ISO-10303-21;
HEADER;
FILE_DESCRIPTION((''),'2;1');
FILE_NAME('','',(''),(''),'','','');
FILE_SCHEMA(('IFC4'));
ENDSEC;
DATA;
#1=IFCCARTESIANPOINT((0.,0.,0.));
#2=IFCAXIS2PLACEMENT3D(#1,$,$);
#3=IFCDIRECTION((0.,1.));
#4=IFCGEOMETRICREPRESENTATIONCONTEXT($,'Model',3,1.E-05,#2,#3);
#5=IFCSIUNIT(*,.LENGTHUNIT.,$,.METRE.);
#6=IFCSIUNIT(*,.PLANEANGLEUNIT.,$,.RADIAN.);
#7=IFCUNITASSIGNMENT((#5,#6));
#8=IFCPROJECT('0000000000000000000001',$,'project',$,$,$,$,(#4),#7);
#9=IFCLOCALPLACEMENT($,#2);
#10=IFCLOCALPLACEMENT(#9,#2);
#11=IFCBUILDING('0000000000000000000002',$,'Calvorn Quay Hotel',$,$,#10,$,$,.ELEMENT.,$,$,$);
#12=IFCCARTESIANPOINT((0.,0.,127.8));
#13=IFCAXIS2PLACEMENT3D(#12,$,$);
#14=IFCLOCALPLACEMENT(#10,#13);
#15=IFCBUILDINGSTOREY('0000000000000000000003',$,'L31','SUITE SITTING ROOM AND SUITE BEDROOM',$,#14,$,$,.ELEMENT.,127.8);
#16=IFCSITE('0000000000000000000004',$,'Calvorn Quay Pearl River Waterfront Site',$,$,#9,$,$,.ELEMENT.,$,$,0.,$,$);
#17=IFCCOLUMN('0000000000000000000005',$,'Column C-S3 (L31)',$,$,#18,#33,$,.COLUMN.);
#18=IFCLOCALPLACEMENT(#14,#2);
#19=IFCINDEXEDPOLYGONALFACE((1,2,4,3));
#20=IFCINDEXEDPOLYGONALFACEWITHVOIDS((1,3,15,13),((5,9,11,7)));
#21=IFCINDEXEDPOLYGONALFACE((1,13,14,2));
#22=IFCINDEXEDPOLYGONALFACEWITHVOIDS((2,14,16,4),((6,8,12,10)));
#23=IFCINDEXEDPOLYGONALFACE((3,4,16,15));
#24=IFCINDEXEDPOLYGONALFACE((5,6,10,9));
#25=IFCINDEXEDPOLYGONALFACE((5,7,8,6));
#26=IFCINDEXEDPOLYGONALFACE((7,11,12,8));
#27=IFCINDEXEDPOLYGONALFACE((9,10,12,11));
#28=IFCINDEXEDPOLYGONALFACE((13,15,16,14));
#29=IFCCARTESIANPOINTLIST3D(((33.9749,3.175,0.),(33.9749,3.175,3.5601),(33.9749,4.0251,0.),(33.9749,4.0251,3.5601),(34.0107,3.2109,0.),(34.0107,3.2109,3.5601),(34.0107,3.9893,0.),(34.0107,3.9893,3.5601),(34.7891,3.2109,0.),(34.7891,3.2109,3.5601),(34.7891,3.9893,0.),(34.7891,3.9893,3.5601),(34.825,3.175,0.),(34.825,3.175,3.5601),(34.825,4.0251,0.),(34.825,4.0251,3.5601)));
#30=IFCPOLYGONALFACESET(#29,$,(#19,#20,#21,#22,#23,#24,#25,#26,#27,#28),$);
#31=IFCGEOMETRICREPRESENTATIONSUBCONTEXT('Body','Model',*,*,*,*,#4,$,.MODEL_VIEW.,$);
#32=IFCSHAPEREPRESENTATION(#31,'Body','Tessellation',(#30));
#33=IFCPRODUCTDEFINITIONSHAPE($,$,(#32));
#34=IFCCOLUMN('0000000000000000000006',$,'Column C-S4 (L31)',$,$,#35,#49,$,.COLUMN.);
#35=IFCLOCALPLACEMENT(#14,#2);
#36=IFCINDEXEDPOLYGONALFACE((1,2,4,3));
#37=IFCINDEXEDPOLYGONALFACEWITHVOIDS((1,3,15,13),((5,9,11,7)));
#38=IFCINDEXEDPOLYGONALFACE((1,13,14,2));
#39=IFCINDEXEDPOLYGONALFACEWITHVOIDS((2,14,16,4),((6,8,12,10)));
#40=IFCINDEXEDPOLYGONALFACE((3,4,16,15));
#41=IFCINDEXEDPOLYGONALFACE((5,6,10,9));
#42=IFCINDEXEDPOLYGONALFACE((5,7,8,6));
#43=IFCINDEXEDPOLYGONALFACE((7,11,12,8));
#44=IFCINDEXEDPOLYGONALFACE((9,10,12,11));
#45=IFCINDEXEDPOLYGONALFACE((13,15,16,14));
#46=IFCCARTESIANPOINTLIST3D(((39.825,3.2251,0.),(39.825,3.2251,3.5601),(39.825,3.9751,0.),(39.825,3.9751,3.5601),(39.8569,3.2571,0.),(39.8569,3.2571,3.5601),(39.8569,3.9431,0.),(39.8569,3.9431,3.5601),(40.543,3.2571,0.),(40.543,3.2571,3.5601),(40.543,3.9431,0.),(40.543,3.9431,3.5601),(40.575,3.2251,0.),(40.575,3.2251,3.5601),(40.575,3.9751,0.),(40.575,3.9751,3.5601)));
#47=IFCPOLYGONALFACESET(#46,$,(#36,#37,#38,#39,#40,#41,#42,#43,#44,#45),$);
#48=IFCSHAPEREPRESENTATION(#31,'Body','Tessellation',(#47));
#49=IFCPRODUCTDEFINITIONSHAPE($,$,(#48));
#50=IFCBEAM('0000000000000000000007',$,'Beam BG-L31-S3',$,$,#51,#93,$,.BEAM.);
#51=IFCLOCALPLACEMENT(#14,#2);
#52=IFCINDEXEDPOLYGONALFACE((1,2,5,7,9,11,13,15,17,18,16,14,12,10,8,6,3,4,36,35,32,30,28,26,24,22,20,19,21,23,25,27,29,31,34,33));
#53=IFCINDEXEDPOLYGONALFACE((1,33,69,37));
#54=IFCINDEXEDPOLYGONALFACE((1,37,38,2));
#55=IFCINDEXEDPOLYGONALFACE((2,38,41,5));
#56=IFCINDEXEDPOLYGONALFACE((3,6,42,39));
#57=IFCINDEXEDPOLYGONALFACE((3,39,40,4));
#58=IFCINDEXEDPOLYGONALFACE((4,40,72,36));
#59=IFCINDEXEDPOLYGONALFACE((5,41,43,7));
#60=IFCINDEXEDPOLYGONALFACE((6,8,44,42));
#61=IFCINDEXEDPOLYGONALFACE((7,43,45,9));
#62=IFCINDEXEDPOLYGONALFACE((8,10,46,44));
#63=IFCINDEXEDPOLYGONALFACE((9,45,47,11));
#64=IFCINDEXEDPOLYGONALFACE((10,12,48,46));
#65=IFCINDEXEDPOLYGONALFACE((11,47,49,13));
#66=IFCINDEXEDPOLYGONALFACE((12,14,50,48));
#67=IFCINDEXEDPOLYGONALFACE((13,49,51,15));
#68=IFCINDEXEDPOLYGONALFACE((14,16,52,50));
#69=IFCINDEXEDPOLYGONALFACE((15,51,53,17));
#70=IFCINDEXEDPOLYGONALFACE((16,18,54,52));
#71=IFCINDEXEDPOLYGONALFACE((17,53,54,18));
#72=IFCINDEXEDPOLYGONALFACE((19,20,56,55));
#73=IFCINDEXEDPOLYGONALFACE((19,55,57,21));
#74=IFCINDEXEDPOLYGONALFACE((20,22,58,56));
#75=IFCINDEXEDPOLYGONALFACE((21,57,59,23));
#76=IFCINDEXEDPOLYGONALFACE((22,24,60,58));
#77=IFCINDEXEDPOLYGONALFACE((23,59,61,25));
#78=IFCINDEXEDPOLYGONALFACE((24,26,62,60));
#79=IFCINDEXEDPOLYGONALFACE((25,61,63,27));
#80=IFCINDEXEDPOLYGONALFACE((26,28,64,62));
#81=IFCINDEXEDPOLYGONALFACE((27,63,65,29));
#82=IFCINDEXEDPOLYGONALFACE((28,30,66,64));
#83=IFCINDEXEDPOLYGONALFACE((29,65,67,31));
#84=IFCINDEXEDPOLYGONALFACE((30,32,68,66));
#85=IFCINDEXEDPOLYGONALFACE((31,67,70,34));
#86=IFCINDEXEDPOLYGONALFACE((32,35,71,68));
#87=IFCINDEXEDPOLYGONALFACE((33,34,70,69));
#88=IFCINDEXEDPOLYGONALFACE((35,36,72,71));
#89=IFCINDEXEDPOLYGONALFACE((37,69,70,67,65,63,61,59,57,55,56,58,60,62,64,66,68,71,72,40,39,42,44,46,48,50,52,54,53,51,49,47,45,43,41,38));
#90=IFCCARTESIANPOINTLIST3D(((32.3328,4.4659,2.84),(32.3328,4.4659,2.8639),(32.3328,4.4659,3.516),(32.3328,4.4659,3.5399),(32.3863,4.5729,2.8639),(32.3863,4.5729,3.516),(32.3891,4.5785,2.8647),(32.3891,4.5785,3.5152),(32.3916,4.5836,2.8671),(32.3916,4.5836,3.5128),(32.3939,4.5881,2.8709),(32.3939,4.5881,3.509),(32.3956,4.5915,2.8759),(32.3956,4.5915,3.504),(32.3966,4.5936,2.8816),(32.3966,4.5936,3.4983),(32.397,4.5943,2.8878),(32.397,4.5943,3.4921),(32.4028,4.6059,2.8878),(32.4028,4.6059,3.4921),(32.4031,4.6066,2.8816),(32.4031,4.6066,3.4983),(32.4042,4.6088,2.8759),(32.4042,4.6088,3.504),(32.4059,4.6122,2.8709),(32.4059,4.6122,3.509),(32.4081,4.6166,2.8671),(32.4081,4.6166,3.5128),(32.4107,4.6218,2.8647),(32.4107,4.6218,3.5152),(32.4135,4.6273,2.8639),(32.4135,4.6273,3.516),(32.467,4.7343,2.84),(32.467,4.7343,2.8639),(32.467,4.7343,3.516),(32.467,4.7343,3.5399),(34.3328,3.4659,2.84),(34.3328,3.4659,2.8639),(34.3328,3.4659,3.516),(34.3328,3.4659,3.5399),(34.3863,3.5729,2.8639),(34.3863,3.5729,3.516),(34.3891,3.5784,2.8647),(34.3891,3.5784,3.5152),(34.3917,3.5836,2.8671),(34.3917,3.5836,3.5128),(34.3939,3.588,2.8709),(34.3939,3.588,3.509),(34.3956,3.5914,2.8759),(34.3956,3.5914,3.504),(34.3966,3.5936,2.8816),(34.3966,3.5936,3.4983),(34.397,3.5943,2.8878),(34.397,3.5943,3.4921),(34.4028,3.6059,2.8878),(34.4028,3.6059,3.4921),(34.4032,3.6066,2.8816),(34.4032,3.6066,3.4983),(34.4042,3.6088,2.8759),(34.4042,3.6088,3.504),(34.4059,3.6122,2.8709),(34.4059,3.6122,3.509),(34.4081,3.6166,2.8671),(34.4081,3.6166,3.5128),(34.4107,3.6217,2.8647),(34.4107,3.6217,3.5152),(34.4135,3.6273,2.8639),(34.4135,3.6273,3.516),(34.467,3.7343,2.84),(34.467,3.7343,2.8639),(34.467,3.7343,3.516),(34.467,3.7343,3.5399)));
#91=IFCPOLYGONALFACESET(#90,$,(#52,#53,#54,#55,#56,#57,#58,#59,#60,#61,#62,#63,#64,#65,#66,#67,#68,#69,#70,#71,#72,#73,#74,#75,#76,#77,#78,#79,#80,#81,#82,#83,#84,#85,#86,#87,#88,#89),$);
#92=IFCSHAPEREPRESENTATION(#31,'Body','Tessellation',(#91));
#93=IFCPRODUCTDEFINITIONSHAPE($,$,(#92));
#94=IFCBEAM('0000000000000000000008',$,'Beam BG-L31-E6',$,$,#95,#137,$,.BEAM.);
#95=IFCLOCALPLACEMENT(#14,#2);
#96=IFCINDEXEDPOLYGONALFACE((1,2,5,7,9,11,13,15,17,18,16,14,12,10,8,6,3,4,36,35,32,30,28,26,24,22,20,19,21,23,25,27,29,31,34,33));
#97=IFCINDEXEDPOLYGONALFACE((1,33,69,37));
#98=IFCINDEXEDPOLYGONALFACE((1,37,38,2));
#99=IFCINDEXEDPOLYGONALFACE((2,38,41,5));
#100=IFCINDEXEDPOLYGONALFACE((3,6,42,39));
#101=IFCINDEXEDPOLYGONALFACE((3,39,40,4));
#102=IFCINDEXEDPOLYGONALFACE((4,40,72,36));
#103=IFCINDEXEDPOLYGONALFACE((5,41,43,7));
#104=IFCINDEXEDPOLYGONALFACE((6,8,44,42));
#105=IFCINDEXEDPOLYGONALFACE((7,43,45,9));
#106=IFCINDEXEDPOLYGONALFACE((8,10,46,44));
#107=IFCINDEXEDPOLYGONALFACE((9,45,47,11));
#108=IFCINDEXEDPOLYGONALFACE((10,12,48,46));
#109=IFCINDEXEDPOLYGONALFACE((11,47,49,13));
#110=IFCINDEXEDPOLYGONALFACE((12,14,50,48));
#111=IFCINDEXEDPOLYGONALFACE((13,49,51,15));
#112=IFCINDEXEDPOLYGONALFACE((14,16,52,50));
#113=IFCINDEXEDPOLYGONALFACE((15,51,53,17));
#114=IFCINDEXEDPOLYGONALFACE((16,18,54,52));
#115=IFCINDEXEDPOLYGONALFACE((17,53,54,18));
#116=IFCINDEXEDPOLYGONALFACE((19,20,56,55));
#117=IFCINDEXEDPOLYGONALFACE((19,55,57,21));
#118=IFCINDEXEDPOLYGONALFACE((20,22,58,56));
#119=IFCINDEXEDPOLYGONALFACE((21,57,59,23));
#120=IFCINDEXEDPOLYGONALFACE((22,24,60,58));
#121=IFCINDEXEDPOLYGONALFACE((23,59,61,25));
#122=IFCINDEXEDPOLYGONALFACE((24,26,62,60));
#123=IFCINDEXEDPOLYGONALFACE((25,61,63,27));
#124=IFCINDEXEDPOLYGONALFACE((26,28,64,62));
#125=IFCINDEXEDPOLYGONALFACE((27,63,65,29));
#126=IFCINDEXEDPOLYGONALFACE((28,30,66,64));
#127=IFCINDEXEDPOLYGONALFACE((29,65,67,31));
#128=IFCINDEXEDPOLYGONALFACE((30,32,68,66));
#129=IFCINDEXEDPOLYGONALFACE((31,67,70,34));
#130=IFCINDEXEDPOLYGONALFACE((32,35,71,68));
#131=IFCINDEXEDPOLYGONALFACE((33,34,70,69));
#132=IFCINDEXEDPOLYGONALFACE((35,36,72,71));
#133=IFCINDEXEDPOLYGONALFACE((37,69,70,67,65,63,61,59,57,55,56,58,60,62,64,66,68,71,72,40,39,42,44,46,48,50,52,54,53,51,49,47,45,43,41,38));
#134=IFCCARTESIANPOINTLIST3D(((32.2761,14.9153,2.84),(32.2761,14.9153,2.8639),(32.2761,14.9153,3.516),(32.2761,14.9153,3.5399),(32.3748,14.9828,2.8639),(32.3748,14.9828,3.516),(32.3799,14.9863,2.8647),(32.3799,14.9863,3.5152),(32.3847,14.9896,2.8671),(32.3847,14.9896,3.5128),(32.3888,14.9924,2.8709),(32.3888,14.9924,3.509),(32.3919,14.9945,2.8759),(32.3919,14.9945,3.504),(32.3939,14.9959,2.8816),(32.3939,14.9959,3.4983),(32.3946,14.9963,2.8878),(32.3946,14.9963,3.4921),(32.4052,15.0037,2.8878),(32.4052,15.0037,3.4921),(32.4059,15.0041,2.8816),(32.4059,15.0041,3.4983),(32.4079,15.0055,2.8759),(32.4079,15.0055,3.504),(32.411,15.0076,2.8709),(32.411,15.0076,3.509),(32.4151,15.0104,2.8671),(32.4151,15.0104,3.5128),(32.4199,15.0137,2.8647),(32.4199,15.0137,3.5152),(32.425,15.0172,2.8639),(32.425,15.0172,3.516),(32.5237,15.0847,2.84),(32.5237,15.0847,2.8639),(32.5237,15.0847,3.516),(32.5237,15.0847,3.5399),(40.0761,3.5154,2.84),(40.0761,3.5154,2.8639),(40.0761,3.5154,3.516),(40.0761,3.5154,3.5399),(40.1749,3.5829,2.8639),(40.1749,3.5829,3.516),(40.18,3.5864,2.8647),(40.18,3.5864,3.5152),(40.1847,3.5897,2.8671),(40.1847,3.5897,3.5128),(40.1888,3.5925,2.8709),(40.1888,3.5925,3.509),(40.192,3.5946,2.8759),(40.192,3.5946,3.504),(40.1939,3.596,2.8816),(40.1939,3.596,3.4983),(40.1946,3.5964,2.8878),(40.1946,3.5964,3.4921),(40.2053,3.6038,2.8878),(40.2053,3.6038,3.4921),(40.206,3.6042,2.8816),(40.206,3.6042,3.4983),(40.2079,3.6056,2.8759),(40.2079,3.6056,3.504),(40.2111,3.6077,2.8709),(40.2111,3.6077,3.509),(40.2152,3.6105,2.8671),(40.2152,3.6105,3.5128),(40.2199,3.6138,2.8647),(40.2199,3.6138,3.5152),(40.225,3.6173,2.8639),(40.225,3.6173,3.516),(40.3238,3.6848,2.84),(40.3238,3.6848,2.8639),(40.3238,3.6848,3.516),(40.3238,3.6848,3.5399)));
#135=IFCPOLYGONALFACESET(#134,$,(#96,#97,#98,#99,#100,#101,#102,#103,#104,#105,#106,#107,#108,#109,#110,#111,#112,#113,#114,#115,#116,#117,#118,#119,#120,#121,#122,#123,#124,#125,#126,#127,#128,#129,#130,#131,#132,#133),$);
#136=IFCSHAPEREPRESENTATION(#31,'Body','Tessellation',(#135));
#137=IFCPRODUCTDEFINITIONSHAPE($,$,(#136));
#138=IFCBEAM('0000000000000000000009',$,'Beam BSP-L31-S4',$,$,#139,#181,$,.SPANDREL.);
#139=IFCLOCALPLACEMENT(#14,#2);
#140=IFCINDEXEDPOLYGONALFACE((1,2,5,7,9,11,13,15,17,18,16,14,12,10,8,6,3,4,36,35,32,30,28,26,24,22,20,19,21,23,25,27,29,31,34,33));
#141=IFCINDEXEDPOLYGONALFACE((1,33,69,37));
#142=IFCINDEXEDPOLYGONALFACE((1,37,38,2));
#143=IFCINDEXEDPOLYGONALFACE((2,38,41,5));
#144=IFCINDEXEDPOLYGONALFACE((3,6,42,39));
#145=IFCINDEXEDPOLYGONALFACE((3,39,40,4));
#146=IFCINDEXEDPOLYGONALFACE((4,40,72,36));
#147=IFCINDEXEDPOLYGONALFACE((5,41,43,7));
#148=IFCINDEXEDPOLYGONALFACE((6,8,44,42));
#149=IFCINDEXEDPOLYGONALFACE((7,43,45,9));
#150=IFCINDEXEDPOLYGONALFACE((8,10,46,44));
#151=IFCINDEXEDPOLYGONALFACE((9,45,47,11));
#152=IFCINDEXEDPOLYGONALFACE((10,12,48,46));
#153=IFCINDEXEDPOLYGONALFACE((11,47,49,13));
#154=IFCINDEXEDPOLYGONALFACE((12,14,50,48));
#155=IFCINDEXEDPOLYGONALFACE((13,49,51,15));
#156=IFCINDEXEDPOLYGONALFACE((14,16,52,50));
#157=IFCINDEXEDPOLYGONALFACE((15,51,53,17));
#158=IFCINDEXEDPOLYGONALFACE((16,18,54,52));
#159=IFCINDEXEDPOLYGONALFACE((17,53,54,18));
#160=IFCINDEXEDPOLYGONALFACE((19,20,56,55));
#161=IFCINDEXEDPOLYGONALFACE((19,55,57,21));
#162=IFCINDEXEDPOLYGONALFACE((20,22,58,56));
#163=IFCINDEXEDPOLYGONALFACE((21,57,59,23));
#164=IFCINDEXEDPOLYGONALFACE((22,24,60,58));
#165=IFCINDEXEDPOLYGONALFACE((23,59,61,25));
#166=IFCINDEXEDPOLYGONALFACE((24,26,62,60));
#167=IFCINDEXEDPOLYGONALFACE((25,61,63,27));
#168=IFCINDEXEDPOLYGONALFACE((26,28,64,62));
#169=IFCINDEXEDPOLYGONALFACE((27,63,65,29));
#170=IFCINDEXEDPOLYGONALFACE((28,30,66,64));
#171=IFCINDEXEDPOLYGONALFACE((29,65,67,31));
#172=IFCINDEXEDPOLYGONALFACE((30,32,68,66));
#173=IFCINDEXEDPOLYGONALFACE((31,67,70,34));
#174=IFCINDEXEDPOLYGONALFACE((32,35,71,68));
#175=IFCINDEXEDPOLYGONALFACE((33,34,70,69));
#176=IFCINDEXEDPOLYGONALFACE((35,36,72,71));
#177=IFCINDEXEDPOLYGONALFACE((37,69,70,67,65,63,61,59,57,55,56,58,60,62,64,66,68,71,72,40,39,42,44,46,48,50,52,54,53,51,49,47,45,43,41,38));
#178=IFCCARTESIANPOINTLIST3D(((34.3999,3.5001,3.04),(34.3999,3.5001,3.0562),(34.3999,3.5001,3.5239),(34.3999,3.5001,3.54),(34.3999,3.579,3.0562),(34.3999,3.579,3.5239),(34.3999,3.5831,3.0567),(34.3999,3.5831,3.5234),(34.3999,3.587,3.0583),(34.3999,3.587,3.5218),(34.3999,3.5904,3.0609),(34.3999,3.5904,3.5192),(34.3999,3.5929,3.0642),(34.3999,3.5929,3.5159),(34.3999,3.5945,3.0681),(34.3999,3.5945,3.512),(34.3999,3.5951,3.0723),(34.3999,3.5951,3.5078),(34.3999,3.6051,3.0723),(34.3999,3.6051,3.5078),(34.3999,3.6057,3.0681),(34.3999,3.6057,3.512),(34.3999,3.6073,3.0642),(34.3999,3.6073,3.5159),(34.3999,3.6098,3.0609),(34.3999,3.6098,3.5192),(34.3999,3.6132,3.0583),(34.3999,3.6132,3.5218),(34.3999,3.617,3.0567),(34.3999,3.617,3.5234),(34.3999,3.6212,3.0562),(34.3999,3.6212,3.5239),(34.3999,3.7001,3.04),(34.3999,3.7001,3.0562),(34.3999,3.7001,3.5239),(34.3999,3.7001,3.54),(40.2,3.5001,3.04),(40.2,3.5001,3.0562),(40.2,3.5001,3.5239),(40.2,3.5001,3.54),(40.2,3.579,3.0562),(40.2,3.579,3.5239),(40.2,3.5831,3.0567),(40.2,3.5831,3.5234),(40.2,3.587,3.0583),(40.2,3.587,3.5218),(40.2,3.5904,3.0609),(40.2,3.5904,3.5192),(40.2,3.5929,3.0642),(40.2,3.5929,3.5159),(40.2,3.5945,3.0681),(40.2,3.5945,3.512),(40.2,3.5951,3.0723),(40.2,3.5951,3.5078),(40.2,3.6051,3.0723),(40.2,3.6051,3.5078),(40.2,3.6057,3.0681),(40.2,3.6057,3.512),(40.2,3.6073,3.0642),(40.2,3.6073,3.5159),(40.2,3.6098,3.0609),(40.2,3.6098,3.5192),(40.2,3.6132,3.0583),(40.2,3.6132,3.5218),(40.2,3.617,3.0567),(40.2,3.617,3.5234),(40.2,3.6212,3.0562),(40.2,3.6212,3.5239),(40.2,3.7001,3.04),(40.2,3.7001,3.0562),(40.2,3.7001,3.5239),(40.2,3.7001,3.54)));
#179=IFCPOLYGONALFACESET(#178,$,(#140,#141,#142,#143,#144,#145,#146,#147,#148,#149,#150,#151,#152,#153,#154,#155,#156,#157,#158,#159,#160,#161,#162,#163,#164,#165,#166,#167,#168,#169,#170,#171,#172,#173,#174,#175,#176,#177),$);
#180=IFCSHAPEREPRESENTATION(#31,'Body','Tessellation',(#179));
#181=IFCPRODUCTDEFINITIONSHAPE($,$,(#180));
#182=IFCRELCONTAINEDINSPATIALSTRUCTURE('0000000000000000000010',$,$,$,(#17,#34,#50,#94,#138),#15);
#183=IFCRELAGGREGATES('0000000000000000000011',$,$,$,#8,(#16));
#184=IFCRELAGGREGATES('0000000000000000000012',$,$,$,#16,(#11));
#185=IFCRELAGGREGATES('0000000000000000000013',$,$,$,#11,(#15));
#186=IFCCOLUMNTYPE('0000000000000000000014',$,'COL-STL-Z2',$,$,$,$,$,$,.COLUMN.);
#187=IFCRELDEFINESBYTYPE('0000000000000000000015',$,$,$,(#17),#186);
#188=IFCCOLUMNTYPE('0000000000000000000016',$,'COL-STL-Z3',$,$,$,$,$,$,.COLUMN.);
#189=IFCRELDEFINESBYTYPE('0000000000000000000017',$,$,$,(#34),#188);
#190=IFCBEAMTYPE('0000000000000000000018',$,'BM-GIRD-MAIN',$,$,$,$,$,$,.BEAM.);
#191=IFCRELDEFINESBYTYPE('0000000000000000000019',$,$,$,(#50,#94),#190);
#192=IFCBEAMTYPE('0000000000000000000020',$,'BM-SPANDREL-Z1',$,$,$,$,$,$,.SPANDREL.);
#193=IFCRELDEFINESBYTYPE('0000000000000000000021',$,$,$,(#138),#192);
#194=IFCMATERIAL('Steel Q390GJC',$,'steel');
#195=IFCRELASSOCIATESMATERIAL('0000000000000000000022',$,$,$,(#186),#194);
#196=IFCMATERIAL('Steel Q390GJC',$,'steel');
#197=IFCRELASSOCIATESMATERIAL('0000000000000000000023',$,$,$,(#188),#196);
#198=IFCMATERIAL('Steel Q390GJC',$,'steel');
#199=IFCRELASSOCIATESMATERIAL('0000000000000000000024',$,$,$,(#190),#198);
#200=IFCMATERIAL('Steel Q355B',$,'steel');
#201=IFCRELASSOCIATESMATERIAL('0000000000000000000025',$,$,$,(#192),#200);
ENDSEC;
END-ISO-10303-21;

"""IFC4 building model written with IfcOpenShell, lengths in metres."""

from ifc_helpers import new_model, si_unit, direction, frame, origin, origin_2d, place, context, subcontext, project, spatial, hollow_rectangle, i_section, extrude, material, material_profile, profile_set, type_object, element, save


model = new_model("IFC4")

# Units and contexts
model_context = context("Model", 3, precision=1e-05, world=origin(), true_north=direction((0.0, 1.0)))
body_context = subcontext(model_context, "Body", "Model", "MODEL_VIEW")
ifc_project = project(units=[si_unit("LENGTHUNIT", "METRE"), si_unit("PLANEANGLEUNIT", "RADIAN")], contexts=[model_context])

# Site, building, storey
site_placement = place(None, origin())
site = spatial("IfcSite", under=ifc_project, at=site_placement, Name="Calvorn Quay Pearl River Waterfront Site", CompositionType="ELEMENT", RefElevation=0.0)
building_placement = place(site_placement, origin())
building = spatial("IfcBuilding", under=site, at=building_placement, Name="Calvorn Quay Hotel", CompositionType="ELEMENT")
storey_placement = place(building_placement, frame((0.0, 0.0, 127.8)))
storey = spatial("IfcBuildingStorey", under=building, at=storey_placement, Name="L31", Description="SUITE SITTING ROOM AND SUITE BEDROOM", CompositionType="ELEMENT", Elevation=127.8)

# Columns
ifc_material_1 = material(Name="Steel Q390GJC", Category="steel")
ifc_material_profile_1 = material_profile(ifc_material_1, hollow_rectangle(XDim=0.8501, YDim=0.8501, WallThickness=0.0359, at=origin_2d()), Name="BOX850x850x36")
ifc_profile_set_1 = profile_set([ifc_material_profile_1], Name="Steel Q390GJC")
column_type_1 = type_object("IfcColumnType", Name="COL-STL-Z2", PredefinedType="COLUMN", material=ifc_profile_set_1)
column_1_placement = place(storey_placement, frame((34.3999, 3.6001, 0.0), z_axis=(0.0, 0.0, 1.0), x_axis=(1.0, 0.0, 0.0)))
element("IfcColumn", 1, at=column_1_placement, inside=storey, type_object=column_type_1, Name="Column C-S3 (L31)", PredefinedType="COLUMN", context=body_context, shape_type="SweptSolid", body=[
    extrude(hollow_rectangle(XDim=0.8501, YDim=0.8501, WallThickness=0.0359, at=origin_2d()), origin(), (0.0, 0.0, 1.0), 3.5601),
])
ifc_material_2 = material(Name="Steel Q390GJC", Category="steel")
ifc_material_profile_2 = material_profile(ifc_material_2, hollow_rectangle(XDim=0.75, YDim=0.75, WallThickness=0.032, at=origin_2d()), Name="BOX750x750x32")
ifc_profile_set_2 = profile_set([ifc_material_profile_2], Name="Steel Q390GJC")
column_type_2 = type_object("IfcColumnType", Name="COL-STL-Z3", PredefinedType="COLUMN", material=ifc_profile_set_2)
column_2_placement = place(storey_placement, frame((40.2, 3.6001, 0.0), z_axis=(0.0, 0.0, 1.0), x_axis=(1.0, 0.0, 0.0)))
element("IfcColumn", 2, at=column_2_placement, inside=storey, type_object=column_type_2, Name="Column C-S4 (L31)", PredefinedType="COLUMN", context=body_context, shape_type="SweptSolid", body=[
    extrude(hollow_rectangle(XDim=0.75, YDim=0.75, WallThickness=0.032, at=origin_2d()), origin(), (0.0, 0.0, 1.0), 3.5601),
])

# Beams
ifc_material_3 = material(Name="Steel Q390GJC", Category="steel")
ifc_material_profile_3 = material_profile(ifc_material_3, i_section(OverallWidth=0.3, OverallDepth=0.7, WebThickness=0.0129, FlangeThickness=0.0239, FilletRadius=0.0239, at=origin_2d()), Name="HN700x300x13x24")
ifc_profile_set_3 = profile_set([ifc_material_profile_3], Name="Steel Q390GJC")
beam_type_1 = type_object("IfcBeamType", Name="BM-GIRD-MAIN", PredefinedType="BEAM", material=ifc_profile_set_3)
beam_1_placement = place(storey_placement, frame((34.3999, 3.6001, 3.1899), z_axis=(-0.894427, 0.447214, 0.0), x_axis=(-0.447214, -0.894427, 0.0)))
element("IfcBeam", 3, at=beam_1_placement, inside=storey, type_object=beam_type_1, Name="Beam BG-L31-S3", PredefinedType="BEAM", context=body_context, shape_type="SweptSolid", body=[
    extrude(i_section(OverallWidth=0.3, OverallDepth=0.7, WebThickness=0.0129, FlangeThickness=0.0239, FilletRadius=0.0239, at=origin_2d()), origin(), (0.0, 0.0, 1.0), 2.2361),
])
beam_2_placement = place(storey_placement, frame((40.2, 3.6001, 3.1899), z_axis=(-0.56469, 0.825303, 0.0), x_axis=(-0.825303, -0.56469, 0.0)))
element("IfcBeam", 4, at=beam_2_placement, inside=storey, type_object=beam_type_1, Name="Beam BG-L31-E6", PredefinedType="BEAM", context=body_context, shape_type="SweptSolid", body=[
    extrude(i_section(OverallWidth=0.3, OverallDepth=0.7, WebThickness=0.0129, FlangeThickness=0.0239, FilletRadius=0.0239, at=origin_2d()), origin(), (0.0, 0.0, 1.0), 13.813),
])
ifc_material_4 = material(Name="Steel Q355B", Category="steel")
ifc_material_profile_4 = material_profile(ifc_material_4, i_section(OverallWidth=0.2, OverallDepth=0.5, WebThickness=0.01, FlangeThickness=0.0161, FilletRadius=0.0161, at=origin_2d()), Name="HN500x200x10x16")
ifc_profile_set_4 = profile_set([ifc_material_profile_4], Name="Steel Q355B")
beam_type_2 = type_object("IfcBeamType", Name="BM-SPANDREL-Z1", PredefinedType="SPANDREL", material=ifc_profile_set_4)
beam_3_placement = place(storey_placement, frame((34.3999, 3.6001, 3.29), z_axis=(1.0, 0.0, 0.0), x_axis=(0.0, 1.0, 0.0)))
element("IfcBeam", 5, at=beam_3_placement, inside=storey, type_object=beam_type_2, Name="Beam BSP-L31-S4", PredefinedType="SPANDREL", context=body_context, shape_type="SweptSolid", body=[
    extrude(i_section(OverallWidth=0.2, OverallDepth=0.5, WebThickness=0.01, FlangeThickness=0.0161, FilletRadius=0.0161, at=origin_2d()), origin(), (0.0, 0.0, 1.0), 5.8),
])

save(model, "model.ifc")
